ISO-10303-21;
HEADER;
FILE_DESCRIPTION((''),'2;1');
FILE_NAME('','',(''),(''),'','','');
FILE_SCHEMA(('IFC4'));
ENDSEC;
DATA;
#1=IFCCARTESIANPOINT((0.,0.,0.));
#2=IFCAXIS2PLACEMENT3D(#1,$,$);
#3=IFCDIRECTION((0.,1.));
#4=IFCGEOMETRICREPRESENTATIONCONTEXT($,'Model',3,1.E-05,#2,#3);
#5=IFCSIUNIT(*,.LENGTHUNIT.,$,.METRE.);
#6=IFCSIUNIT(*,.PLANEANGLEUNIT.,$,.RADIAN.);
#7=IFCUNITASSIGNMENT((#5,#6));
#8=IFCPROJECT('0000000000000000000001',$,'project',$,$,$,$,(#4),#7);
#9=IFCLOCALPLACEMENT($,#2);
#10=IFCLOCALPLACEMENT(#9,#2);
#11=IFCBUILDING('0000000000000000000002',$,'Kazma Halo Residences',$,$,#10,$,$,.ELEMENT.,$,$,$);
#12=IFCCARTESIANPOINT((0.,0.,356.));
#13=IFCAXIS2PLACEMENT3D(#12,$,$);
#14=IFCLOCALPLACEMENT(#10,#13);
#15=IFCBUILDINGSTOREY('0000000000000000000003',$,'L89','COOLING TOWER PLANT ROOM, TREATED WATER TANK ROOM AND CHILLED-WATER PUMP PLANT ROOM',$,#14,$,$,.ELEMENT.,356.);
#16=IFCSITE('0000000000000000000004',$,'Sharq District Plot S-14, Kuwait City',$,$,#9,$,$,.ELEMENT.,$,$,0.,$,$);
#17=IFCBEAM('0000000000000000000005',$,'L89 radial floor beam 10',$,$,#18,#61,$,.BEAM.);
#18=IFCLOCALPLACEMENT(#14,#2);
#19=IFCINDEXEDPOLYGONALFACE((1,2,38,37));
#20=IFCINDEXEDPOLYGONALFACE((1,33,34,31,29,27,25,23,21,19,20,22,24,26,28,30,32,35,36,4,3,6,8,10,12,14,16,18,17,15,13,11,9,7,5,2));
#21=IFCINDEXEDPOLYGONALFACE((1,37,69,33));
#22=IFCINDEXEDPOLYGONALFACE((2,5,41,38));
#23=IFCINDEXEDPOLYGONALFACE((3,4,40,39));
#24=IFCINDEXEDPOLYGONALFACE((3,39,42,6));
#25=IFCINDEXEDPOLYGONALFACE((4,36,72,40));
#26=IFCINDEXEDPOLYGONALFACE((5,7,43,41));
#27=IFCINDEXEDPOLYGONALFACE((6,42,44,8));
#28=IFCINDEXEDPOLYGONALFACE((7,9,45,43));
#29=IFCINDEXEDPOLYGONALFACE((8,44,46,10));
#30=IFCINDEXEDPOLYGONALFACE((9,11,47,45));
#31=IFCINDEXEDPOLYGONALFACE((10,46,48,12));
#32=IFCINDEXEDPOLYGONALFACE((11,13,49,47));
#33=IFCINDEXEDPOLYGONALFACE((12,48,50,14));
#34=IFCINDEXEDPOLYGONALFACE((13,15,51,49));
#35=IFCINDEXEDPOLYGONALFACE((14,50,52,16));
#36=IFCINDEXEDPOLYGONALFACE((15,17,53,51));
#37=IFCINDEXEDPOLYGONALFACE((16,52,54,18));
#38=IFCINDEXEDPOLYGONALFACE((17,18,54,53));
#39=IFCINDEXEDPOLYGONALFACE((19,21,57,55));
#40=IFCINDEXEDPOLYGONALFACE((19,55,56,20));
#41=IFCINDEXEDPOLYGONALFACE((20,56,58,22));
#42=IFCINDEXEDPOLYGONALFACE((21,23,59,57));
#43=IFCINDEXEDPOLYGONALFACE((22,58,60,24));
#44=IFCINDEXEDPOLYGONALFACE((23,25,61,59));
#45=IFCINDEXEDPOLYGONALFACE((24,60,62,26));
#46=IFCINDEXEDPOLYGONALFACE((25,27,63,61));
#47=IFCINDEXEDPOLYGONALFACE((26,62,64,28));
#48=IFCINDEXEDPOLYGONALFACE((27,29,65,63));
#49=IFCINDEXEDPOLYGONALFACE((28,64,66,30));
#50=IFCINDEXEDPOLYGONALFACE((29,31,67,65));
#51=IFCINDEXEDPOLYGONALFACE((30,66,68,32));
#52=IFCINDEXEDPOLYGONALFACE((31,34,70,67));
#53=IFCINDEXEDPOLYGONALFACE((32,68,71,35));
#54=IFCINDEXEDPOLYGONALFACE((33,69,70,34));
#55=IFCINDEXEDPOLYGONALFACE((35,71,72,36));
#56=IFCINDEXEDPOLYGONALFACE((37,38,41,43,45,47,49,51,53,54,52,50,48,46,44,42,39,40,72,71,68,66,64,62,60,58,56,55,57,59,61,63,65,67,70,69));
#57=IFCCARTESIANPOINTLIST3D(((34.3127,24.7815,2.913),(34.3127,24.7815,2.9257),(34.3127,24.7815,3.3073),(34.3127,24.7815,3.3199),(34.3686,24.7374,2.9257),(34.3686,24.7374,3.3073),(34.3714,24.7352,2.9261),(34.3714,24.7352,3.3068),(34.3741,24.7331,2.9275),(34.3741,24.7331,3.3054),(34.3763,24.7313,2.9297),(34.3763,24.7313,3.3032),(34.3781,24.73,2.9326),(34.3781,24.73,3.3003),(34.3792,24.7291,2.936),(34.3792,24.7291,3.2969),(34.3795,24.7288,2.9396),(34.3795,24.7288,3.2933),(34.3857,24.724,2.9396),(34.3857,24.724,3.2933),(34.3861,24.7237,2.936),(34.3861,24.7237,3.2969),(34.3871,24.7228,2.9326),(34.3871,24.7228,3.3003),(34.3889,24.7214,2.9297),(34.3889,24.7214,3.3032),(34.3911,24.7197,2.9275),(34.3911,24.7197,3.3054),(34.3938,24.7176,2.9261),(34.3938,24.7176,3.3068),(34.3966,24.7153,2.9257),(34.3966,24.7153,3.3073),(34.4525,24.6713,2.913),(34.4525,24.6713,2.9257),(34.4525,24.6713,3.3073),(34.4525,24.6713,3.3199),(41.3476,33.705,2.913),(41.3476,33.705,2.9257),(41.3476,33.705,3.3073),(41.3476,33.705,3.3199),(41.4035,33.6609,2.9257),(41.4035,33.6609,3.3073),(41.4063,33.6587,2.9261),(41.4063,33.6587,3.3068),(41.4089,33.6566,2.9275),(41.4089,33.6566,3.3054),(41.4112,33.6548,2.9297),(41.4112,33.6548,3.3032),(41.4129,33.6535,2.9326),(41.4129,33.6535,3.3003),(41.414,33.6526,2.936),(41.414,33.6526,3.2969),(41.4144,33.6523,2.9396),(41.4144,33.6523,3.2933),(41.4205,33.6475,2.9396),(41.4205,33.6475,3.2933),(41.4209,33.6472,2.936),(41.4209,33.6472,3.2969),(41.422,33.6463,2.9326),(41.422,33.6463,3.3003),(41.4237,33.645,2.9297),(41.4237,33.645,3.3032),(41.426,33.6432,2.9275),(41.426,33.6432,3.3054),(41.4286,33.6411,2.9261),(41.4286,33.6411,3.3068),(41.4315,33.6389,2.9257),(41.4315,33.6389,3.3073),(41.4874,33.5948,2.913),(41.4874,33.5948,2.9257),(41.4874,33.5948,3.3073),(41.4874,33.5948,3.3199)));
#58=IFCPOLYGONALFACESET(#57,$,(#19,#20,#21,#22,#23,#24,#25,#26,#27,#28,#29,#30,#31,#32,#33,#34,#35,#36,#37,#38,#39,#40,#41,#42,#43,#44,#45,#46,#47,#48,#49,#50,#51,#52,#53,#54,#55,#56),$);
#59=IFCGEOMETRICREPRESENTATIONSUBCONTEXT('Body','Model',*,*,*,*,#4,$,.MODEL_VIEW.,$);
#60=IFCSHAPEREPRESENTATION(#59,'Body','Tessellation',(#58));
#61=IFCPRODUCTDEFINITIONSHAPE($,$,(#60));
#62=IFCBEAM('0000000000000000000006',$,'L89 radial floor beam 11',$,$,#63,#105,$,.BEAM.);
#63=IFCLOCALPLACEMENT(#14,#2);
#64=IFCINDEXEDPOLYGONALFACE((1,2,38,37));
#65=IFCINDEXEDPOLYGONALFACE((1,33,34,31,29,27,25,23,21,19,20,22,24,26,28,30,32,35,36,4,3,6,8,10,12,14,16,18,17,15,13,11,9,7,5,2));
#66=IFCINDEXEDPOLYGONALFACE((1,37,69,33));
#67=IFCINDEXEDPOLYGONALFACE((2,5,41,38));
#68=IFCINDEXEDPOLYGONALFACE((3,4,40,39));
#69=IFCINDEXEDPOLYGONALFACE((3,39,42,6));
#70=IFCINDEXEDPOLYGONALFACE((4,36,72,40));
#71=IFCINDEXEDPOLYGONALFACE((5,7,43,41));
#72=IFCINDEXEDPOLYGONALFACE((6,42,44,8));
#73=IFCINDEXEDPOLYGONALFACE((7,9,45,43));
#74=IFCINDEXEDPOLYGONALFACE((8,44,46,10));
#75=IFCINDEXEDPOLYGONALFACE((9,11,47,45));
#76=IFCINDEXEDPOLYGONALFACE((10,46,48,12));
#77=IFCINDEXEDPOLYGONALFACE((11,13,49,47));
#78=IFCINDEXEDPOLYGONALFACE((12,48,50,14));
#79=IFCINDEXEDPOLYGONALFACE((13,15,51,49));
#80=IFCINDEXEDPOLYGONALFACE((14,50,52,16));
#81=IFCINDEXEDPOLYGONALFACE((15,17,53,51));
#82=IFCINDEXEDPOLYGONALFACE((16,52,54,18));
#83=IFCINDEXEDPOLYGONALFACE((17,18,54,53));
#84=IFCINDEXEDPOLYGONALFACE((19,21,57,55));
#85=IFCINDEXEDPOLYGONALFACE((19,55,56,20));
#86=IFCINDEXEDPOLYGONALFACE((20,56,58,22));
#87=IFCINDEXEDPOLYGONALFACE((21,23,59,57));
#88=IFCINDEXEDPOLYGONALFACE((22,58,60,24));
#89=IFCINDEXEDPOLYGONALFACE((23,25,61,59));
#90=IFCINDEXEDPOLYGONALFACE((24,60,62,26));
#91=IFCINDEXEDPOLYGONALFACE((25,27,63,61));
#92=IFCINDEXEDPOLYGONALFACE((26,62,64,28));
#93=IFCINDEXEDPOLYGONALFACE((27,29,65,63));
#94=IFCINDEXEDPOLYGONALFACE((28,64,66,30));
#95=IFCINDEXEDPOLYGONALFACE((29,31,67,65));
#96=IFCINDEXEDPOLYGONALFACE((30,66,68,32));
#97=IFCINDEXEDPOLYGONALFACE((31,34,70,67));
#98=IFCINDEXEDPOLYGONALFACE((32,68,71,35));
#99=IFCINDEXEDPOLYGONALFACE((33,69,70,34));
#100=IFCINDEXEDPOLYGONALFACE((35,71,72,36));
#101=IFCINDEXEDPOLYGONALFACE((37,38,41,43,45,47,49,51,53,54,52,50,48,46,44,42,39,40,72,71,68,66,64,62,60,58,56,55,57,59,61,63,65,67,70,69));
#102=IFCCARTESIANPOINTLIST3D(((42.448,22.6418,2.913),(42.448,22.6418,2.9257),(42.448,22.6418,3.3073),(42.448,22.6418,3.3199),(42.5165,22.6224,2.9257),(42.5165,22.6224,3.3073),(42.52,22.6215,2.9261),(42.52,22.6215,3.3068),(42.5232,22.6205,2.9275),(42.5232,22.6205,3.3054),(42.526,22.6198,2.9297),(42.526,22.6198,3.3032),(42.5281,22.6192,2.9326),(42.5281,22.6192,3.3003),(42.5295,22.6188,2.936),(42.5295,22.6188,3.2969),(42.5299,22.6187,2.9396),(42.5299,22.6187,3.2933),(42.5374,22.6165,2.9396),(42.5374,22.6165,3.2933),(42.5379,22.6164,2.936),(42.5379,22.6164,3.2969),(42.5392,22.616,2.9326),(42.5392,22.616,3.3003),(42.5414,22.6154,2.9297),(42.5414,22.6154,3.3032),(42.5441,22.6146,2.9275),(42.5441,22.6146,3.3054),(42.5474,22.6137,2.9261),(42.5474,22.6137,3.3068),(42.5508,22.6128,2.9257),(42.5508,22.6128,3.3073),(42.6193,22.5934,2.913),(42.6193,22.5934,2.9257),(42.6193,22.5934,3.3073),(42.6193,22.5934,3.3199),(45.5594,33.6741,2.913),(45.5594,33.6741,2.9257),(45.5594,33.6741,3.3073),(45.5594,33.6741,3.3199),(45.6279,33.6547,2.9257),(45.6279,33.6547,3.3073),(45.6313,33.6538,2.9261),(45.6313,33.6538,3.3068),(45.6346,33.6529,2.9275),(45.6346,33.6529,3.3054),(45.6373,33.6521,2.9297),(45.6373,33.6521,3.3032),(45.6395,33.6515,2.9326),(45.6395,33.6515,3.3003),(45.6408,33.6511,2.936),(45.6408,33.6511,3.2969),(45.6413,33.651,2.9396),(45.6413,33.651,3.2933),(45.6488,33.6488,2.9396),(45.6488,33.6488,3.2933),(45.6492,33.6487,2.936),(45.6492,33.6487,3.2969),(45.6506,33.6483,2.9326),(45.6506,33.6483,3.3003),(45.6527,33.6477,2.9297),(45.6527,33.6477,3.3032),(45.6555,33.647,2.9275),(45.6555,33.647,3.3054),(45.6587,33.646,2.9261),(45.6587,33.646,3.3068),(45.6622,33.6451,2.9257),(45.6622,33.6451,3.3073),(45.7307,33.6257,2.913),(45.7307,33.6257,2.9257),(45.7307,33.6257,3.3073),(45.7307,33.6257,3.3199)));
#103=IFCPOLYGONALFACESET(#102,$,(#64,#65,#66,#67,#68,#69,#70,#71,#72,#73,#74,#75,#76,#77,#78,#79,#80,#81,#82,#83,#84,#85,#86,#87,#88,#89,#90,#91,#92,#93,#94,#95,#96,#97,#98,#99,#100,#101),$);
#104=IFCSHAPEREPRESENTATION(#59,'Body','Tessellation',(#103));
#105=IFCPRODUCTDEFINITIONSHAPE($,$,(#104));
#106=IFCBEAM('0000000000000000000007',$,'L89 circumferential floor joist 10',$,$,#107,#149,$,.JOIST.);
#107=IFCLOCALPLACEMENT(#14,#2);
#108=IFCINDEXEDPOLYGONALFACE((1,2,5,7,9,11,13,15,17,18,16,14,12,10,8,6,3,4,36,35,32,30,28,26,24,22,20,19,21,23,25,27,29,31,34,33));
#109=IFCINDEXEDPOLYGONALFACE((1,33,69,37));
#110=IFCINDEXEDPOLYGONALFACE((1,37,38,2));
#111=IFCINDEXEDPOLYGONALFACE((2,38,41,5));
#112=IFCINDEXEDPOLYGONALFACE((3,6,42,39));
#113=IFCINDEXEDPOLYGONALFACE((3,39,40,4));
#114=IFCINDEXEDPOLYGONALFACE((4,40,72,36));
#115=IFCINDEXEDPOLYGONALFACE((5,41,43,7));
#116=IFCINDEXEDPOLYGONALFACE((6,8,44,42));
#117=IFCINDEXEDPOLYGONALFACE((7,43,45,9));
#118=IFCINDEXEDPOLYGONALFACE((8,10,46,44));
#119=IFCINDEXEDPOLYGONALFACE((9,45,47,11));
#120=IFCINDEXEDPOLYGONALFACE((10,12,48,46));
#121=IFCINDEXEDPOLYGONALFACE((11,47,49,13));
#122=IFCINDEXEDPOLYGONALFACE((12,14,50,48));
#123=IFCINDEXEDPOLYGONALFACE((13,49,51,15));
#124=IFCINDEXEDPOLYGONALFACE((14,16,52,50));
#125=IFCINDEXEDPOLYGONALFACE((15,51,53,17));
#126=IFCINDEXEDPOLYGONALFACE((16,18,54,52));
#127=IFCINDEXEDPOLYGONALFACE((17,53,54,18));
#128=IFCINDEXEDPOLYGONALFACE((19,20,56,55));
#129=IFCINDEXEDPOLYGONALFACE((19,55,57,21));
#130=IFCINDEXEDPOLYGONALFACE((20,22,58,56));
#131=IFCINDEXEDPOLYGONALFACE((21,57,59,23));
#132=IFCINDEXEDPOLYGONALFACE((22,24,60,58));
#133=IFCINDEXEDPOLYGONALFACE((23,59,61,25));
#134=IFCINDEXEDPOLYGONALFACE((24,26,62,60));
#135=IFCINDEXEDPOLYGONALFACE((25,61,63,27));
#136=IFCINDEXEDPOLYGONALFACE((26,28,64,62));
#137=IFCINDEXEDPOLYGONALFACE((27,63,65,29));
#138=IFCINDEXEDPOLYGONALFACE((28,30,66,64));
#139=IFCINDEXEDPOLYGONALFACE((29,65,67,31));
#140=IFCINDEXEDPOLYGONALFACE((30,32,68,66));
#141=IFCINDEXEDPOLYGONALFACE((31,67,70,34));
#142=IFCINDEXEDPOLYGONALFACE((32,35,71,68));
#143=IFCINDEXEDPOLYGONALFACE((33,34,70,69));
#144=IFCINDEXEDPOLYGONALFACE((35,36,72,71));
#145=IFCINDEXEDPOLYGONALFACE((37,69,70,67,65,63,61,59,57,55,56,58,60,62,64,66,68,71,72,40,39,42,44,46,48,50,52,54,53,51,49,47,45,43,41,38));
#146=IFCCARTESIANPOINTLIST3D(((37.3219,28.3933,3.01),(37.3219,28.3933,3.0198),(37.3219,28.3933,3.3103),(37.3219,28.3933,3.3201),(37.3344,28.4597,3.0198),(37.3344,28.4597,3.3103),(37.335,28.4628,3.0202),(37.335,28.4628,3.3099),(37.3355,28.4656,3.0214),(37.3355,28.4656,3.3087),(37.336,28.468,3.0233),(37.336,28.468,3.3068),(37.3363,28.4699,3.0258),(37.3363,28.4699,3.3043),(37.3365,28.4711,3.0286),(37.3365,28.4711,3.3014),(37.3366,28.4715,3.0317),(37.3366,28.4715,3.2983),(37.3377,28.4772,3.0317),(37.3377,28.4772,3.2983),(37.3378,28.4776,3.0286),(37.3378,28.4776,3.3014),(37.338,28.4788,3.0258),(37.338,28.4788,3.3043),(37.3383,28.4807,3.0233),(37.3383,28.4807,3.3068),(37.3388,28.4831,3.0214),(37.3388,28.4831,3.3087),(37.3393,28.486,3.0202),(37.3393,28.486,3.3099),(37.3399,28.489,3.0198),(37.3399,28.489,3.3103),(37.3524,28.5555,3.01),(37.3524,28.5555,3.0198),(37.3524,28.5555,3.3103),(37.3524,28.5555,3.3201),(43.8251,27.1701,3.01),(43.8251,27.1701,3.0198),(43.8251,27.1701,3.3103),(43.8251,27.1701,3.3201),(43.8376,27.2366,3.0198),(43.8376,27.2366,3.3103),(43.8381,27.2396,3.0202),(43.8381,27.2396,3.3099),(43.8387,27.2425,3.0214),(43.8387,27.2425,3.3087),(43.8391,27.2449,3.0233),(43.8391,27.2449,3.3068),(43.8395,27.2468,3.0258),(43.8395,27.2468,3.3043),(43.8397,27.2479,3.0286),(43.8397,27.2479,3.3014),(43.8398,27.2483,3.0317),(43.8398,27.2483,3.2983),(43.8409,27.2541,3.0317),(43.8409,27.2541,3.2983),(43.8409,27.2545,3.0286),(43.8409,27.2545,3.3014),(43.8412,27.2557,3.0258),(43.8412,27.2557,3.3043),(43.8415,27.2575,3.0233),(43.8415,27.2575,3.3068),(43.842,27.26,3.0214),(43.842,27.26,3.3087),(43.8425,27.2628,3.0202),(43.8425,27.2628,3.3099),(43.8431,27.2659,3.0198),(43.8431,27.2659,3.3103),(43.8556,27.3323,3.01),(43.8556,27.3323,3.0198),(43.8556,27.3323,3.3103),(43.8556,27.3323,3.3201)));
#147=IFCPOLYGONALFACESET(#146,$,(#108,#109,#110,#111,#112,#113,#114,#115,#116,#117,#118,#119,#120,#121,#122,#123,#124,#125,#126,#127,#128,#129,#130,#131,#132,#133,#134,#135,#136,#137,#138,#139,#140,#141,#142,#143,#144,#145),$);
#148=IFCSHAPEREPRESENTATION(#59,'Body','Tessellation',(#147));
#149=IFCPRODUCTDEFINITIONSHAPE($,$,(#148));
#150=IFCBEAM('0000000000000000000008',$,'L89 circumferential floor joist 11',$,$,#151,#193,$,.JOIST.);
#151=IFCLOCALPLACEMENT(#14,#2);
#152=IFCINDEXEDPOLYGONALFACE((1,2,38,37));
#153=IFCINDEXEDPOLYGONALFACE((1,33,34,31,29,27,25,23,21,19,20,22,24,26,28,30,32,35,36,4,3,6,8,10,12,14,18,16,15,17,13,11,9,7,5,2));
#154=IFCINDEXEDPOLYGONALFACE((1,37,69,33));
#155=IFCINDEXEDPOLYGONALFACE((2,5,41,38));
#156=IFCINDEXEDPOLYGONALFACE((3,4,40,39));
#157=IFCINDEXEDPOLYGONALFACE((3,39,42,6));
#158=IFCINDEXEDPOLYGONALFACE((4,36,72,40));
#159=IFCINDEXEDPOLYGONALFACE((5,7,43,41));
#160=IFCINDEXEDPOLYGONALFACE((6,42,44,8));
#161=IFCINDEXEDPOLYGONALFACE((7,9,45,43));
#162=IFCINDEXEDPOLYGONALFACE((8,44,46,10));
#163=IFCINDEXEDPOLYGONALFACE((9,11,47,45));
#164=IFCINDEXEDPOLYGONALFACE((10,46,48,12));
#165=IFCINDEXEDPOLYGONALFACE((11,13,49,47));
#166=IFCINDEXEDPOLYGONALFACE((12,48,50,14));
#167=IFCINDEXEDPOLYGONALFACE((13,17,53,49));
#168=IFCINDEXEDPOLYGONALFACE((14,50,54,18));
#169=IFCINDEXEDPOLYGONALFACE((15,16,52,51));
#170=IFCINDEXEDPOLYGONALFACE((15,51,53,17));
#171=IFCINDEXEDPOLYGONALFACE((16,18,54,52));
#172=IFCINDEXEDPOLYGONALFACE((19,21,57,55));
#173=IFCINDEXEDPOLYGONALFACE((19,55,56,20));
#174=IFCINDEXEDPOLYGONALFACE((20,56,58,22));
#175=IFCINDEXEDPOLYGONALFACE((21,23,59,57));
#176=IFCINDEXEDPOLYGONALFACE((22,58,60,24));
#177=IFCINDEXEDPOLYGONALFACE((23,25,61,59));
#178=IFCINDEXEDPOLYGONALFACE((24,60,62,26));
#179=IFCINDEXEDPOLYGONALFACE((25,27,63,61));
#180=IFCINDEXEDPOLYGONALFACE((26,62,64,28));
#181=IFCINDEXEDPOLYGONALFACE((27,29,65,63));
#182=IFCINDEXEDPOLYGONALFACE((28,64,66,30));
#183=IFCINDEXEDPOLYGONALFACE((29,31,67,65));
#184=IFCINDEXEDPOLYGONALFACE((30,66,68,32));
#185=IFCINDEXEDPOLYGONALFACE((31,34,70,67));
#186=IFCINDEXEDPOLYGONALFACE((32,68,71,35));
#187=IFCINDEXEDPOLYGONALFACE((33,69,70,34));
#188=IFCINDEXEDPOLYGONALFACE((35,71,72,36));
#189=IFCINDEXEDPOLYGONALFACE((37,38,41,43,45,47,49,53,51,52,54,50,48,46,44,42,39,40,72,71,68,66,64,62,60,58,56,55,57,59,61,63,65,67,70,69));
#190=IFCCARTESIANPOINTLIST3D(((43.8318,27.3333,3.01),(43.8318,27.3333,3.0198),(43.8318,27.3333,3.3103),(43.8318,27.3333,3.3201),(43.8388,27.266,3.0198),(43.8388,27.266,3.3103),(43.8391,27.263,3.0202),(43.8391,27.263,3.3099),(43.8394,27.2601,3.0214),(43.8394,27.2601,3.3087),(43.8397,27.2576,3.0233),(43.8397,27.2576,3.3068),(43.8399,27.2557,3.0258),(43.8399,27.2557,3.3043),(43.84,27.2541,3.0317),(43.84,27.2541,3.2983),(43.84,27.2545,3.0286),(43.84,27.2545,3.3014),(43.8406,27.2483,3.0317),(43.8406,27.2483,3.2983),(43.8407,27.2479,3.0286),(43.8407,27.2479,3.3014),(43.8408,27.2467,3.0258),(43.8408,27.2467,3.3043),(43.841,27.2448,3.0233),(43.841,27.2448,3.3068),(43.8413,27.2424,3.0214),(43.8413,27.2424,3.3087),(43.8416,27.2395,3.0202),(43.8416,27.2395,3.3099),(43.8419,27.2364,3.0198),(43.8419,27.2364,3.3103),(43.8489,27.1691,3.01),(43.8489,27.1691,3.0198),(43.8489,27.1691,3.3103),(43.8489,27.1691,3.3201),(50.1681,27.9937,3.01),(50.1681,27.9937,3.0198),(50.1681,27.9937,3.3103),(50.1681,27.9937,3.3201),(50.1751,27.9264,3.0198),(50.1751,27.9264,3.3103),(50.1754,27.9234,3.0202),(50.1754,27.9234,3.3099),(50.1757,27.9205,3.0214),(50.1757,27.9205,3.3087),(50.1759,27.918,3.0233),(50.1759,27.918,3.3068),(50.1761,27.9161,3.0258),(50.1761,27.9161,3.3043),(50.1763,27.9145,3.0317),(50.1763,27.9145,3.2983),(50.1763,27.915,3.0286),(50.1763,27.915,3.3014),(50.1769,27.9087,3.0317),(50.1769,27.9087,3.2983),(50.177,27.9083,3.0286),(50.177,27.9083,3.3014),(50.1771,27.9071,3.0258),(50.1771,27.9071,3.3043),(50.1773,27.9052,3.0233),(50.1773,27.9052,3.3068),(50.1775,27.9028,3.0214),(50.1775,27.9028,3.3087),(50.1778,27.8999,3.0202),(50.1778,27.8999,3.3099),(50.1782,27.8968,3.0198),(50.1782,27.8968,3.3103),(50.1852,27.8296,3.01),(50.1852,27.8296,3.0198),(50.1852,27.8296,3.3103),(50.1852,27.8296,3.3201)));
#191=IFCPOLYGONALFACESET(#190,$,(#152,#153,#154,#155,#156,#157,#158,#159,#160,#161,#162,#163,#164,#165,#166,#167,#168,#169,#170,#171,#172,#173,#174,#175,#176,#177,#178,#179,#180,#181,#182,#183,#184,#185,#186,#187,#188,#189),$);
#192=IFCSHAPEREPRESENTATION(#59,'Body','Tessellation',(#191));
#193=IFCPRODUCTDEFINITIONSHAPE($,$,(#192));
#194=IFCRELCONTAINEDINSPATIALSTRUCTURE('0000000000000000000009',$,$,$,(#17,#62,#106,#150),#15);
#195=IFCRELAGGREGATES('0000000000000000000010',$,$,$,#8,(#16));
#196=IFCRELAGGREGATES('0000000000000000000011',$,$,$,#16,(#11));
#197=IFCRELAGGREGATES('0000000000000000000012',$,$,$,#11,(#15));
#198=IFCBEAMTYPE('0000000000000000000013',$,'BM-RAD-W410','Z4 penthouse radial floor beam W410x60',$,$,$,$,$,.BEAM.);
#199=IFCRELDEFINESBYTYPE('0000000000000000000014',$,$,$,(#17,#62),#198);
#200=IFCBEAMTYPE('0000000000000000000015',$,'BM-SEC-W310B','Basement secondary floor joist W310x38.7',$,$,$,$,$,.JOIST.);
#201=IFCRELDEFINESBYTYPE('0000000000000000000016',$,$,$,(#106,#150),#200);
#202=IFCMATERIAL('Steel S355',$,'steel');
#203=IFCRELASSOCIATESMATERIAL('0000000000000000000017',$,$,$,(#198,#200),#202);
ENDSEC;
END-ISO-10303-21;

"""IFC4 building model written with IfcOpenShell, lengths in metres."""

from ifc_helpers import new_model, si_unit, direction, frame, origin, origin_2d, place, context, subcontext, project, spatial, i_section, extrude, material, material_profile, profile_set, type_object, element, save


model = new_model("IFC4")

# Units and contexts
model_context = context("Model", 3, precision=1e-05, world=origin(), true_north=direction((0.0, 1.0)))
body_context = subcontext(model_context, "Body", "Model", "MODEL_VIEW")
ifc_project = project(units=[si_unit("LENGTHUNIT", "METRE"), si_unit("PLANEANGLEUNIT", "RADIAN")], contexts=[model_context])

# Site, building, storey
site_placement = place(None, origin())
site = spatial("IfcSite", under=ifc_project, at=site_placement, Name="Sharq District Plot S-14, Kuwait City", CompositionType="ELEMENT", RefElevation=0.0)
building_placement = place(site_placement, origin())
building = spatial("IfcBuilding", under=site, at=building_placement, Name="Kazma Halo Residences", CompositionType="ELEMENT")
storey_placement = place(building_placement, frame((0.0, 0.0, 356.0)))
storey = spatial("IfcBuildingStorey", under=building, at=storey_placement, Name="L89", Description="COOLING TOWER PLANT ROOM, TREATED WATER TANK ROOM AND CHILLED-WATER PUMP PLANT ROOM", CompositionType="ELEMENT", Elevation=356.0)

# Shared definitions
ifc_material_1 = material(Name="Steel S355", Category="steel")

# Beams
ifc_material_profile_1 = material_profile(ifc_material_1, i_section(OverallWidth=0.178, OverallDepth=0.407, WebThickness=0.0078, FlangeThickness=0.0127, FilletRadius=0.0139, at=origin_2d()), Name="W410x60")
ifc_profile_set_1 = profile_set([ifc_material_profile_1], Name="Steel S355")
beam_type_1 = type_object("IfcBeamType", Name="BM-RAD-W410", Description="Z4 penthouse radial floor beam W410x60", PredefinedType="BEAM", material=ifc_profile_set_1)
beam_1_placement = place(storey_placement, frame((41.4175, 33.6499, 3.1165), z_axis=(-0.619101, -0.785312, 0.0), x_axis=(0.785312, -0.619101, 0.0)))
element("IfcBeam", 1, at=beam_1_placement, inside=storey, type_object=beam_type_1, Name="L89 radial floor beam 10", PredefinedType="BEAM", context=body_context, shape_type="SweptSolid", body=[
    extrude(i_section(OverallWidth=0.178, OverallDepth=0.407, WebThickness=0.0078, FlangeThickness=0.0127, FilletRadius=0.0139, at=origin_2d()), origin(), (0.0, 0.0, 1.0), 11.363),
])
beam_2_placement = place(storey_placement, frame((45.645, 33.6499, 3.1165), z_axis=(-0.271434, -0.962457, 0.0), x_axis=(0.962457, -0.271434, 0.0)))
element("IfcBeam", 2, at=beam_2_placement, inside=storey, type_object=beam_type_1, Name="L89 radial floor beam 11", PredefinedType="BEAM", context=body_context, shape_type="SweptSolid", body=[
    extrude(i_section(OverallWidth=0.178, OverallDepth=0.407, WebThickness=0.0078, FlangeThickness=0.0127, FilletRadius=0.0139, at=origin_2d()), origin(), (0.0, 0.0, 1.0), 11.4626),
])
ifc_material_profile_2 = material_profile(ifc_material_1, i_section(OverallWidth=0.165, OverallDepth=0.3101, WebThickness=0.0059, FlangeThickness=0.0098, FilletRadius=0.012, at=origin_2d()), Name="W310x38.7")
ifc_profile_set_2 = profile_set([ifc_material_profile_2], Name="Steel S355")
beam_type_2 = type_object("IfcBeamType", Name="BM-SEC-W310B", Description="Basement secondary floor joist W310x38.7", PredefinedType="JOIST", material=ifc_profile_set_2)
beam_3_placement = place(storey_placement, frame((37.3372, 28.4744, 3.165), z_axis=(0.982768, -0.184843, 0.0), x_axis=(0.184843, 0.982768, 0.0)))
element("IfcBeam", 3, at=beam_3_placement, inside=storey, type_object=beam_type_2, Name="L89 circumferential floor joist 10", PredefinedType="JOIST", context=body_context, shape_type="SweptSolid", body=[
    extrude(i_section(OverallWidth=0.165, OverallDepth=0.3101, WebThickness=0.0059, FlangeThickness=0.0098, FilletRadius=0.012, at=origin_2d()), origin(), (0.0, 0.0, 1.0), 6.6172),
])
beam_4_placement = place(storey_placement, frame((43.8403, 27.2512, 3.165), z_axis=(0.994612, 0.103665, 0.0), x_axis=(-0.103665, 0.994612, 0.0)))
element("IfcBeam", 4, at=beam_4_placement, inside=storey, type_object=beam_type_2, Name="L89 circumferential floor joist 11", PredefinedType="JOIST", context=body_context, shape_type="SweptSolid", body=[
    extrude(i_section(OverallWidth=0.165, OverallDepth=0.3101, WebThickness=0.0059, FlangeThickness=0.0098, FilletRadius=0.012, at=origin_2d()), origin(), (0.0, 0.0, 1.0), 6.3706),
])

save(model, "model.ifc")
